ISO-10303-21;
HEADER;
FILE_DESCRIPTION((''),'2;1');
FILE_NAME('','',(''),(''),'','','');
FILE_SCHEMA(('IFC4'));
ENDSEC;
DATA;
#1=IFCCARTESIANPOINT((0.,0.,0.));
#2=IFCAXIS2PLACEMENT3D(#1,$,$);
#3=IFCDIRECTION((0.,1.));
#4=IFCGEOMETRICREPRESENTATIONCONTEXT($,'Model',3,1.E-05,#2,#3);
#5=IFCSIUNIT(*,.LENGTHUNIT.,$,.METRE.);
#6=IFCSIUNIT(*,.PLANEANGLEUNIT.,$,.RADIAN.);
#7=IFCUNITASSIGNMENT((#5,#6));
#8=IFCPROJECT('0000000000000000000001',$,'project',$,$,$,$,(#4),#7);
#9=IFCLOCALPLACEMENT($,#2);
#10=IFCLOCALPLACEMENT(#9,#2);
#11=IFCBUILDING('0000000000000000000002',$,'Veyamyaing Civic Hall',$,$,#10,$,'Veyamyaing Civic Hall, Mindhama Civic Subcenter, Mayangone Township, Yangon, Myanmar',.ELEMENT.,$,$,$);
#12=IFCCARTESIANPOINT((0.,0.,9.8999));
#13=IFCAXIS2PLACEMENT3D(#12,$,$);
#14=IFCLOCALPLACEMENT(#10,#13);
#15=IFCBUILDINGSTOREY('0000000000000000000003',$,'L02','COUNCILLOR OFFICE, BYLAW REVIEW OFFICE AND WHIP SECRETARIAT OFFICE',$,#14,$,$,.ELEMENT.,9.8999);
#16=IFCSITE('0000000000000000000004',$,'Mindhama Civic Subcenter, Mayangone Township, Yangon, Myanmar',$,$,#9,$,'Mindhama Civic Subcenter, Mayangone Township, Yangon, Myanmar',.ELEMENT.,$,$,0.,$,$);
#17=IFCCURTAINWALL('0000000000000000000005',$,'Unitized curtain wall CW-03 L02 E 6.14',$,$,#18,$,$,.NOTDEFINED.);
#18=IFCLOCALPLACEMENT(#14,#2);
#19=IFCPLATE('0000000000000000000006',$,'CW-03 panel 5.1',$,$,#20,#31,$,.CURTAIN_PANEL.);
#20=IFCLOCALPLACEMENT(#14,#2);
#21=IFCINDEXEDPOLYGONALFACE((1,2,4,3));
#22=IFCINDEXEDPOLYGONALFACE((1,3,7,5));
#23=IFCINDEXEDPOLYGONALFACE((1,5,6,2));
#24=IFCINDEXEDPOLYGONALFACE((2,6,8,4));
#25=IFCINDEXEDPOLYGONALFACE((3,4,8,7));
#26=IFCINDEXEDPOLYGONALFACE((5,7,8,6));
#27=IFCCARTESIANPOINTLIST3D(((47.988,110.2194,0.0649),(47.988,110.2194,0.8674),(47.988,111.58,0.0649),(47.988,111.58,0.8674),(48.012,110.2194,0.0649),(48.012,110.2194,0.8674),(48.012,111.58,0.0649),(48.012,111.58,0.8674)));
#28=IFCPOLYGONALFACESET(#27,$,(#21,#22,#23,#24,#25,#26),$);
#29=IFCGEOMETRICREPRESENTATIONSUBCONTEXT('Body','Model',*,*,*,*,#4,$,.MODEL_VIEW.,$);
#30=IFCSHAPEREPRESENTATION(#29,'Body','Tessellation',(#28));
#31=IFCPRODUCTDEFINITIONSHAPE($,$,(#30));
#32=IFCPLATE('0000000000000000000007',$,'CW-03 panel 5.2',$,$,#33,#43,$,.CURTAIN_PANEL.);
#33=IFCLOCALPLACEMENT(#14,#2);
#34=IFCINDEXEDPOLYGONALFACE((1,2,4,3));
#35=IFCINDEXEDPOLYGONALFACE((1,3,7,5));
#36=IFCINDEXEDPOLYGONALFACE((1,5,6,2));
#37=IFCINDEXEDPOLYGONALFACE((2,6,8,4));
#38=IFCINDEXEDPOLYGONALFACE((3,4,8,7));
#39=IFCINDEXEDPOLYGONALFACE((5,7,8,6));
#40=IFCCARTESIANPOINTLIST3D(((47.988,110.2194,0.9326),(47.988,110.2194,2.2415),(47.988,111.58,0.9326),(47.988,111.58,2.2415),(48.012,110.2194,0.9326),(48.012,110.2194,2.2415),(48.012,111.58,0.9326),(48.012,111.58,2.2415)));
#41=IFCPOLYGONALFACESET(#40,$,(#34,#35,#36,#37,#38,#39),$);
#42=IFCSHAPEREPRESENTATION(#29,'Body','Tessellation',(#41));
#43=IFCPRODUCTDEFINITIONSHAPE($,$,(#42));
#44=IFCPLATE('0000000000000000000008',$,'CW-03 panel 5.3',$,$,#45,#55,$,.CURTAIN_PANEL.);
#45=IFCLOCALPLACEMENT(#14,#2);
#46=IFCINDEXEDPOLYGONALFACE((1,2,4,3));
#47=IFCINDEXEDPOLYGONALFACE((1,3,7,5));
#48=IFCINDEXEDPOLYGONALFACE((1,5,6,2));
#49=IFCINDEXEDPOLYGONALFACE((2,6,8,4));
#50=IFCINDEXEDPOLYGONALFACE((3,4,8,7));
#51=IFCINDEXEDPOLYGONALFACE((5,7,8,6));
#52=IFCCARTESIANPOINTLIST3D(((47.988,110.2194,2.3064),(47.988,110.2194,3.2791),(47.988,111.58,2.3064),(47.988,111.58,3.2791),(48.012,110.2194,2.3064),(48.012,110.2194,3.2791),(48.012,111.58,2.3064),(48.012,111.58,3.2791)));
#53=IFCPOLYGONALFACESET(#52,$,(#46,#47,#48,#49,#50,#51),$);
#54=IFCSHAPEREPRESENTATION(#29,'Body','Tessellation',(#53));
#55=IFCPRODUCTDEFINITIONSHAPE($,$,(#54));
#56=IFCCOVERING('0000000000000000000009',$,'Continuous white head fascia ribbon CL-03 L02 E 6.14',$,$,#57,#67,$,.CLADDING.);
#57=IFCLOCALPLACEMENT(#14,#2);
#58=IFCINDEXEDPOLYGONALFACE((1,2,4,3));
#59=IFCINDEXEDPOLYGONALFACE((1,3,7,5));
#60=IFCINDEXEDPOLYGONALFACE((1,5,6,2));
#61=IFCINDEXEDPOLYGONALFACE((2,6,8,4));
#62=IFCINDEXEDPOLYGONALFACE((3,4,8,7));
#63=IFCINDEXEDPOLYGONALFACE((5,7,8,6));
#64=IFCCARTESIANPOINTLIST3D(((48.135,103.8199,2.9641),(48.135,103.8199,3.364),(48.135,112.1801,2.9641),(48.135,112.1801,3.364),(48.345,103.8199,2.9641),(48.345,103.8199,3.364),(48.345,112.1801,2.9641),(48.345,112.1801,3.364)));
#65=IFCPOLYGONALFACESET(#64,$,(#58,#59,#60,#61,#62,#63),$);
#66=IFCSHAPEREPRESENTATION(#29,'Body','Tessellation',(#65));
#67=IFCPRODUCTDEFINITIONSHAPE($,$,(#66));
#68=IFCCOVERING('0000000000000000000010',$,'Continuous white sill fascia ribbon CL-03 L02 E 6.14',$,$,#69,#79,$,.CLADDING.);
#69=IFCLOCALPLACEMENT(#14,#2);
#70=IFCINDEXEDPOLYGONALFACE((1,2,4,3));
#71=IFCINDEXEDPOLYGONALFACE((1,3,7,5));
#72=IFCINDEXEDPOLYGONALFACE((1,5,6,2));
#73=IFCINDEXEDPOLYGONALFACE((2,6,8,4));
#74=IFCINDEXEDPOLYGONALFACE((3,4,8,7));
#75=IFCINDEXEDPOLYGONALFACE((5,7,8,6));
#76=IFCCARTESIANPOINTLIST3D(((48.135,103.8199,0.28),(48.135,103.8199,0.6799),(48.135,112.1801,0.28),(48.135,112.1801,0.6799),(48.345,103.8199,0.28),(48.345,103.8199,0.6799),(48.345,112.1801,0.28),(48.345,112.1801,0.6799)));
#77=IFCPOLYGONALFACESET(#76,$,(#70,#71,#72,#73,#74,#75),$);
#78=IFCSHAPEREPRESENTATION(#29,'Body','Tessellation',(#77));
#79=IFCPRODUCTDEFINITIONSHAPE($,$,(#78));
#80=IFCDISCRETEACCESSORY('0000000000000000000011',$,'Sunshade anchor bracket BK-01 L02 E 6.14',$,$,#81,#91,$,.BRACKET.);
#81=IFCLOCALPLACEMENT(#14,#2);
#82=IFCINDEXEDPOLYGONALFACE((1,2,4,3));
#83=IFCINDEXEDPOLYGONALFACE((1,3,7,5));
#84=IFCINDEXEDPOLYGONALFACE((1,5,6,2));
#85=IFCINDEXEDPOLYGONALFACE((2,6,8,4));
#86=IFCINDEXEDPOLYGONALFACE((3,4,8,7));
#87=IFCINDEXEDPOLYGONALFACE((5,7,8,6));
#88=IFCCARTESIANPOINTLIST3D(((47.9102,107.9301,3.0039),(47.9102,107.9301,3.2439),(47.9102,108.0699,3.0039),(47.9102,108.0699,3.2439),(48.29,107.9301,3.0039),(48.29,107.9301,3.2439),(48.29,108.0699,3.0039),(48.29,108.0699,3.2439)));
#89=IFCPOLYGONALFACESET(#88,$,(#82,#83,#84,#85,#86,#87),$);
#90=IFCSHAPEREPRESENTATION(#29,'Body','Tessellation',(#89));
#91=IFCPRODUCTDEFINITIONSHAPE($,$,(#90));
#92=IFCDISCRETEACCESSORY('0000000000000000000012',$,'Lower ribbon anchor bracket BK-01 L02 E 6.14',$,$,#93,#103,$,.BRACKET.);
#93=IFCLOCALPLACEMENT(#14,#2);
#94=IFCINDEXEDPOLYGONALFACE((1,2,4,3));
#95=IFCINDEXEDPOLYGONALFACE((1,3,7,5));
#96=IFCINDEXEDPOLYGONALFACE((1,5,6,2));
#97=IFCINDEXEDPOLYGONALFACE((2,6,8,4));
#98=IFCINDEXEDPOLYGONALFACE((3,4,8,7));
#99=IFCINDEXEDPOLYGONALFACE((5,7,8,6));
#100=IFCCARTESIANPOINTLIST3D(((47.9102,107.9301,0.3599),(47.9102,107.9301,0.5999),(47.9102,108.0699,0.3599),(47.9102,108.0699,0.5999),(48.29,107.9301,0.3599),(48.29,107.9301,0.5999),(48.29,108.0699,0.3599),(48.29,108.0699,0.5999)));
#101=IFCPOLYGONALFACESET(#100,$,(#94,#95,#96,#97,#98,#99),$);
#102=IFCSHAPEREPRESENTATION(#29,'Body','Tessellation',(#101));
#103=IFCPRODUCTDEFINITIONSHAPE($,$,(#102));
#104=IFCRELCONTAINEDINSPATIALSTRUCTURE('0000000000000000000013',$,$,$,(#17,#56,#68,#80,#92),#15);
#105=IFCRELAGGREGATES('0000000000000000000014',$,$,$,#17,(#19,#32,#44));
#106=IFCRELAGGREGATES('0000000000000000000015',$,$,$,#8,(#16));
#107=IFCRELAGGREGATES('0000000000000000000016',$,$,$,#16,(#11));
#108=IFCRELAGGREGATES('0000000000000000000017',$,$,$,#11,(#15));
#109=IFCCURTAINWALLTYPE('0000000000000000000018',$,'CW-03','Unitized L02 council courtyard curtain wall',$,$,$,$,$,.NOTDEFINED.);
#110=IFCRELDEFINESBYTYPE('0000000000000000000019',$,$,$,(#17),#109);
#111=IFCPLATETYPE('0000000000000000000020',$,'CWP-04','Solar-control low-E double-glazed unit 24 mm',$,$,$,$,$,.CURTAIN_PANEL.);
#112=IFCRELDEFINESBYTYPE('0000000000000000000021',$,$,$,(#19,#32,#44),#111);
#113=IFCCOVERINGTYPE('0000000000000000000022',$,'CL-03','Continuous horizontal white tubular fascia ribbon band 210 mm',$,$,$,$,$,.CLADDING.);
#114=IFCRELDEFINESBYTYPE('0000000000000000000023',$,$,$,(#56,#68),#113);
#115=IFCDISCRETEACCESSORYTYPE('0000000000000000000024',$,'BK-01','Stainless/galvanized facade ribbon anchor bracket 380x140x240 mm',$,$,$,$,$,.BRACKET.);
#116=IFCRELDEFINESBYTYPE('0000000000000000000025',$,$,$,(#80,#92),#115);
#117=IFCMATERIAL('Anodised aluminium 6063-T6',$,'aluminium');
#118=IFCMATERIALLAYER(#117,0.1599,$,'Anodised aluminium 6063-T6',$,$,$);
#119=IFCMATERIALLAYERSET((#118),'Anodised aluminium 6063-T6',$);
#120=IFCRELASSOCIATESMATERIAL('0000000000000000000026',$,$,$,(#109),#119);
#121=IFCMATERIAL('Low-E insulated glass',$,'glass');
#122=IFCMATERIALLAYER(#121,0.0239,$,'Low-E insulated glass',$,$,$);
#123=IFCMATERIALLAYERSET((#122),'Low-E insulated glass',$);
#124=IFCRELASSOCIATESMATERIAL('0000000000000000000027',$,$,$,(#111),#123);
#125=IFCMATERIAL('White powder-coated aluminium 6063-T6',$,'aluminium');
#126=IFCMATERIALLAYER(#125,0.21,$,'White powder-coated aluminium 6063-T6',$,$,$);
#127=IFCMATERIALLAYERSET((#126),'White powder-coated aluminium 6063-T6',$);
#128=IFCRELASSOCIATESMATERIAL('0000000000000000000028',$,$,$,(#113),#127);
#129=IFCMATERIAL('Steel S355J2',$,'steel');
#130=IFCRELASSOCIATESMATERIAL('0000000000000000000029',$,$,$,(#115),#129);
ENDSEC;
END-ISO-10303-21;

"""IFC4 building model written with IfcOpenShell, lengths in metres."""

from ifc_helpers import new_model, si_unit, direction, frame, origin, origin_2d, place, context, subcontext, project, spatial, rectangle, extrude, material, layer, layer_set, type_object, element, aggregate, save


model = new_model("IFC4")

# Units and contexts
model_context = context("Model", 3, precision=1e-05, world=origin(), true_north=direction((0.0, 1.0)))
body_context = subcontext(model_context, "Body", "Model", "MODEL_VIEW")
ifc_project = project(units=[si_unit("LENGTHUNIT", "METRE"), si_unit("PLANEANGLEUNIT", "RADIAN")], contexts=[model_context])

# Site, building, storey
site_placement = place(None, origin())
site = spatial("IfcSite", under=ifc_project, at=site_placement, Name="Mindhama Civic Subcenter, Mayangone Township, Yangon, Myanmar", LongName="Mindhama Civic Subcenter, Mayangone Township, Yangon, Myanmar", CompositionType="ELEMENT", RefElevation=0.0)
building_placement = place(site_placement, origin())
building = spatial("IfcBuilding", under=site, at=building_placement, Name="Veyamyaing Civic Hall", LongName="Veyamyaing Civic Hall, Mindhama Civic Subcenter, Mayangone Township, Yangon, Myanmar", CompositionType="ELEMENT")
storey_placement = place(building_placement, frame((0.0, 0.0, 9.8999)))
storey = spatial("IfcBuildingStorey", under=building, at=storey_placement, Name="L02", Description="COUNCILLOR OFFICE, BYLAW REVIEW OFFICE AND WHIP SECRETARIAT OFFICE", CompositionType="ELEMENT", Elevation=9.8999)

# Curtain wall, plates
ifc_material_1 = material(Name="Anodised aluminium 6063-T6", Category="aluminium")
ifc_layer_1 = layer(ifc_material_1, 0.1599, Name="Anodised aluminium 6063-T6")
ifc_layer_set_1 = layer_set([ifc_layer_1], Name="Anodised aluminium 6063-T6")
curtain_wall_type = type_object("IfcCurtainWallType", Name="CW-03", Description="Unitized L02 council courtyard curtain wall", PredefinedType="NOTDEFINED", material=ifc_layer_set_1)
curtain_wall_placement = place(storey_placement, origin())
curtain_wall = element("IfcCurtainWall", 1, at=curtain_wall_placement, inside=storey, type_object=curtain_wall_type, Name="Unitized curtain wall CW-03 L02 E 6.14", PredefinedType="NOTDEFINED")
ifc_material_2 = material(Name="Low-E insulated glass", Category="glass")
ifc_layer_2 = layer(ifc_material_2, 0.0239, Name="Low-E insulated glass")
ifc_layer_set_2 = layer_set([ifc_layer_2], Name="Low-E insulated glass")
plate_type = type_object("IfcPlateType", Name="CWP-04", Description="Solar-control low-E double-glazed unit 24 mm", PredefinedType="CURTAIN_PANEL", material=ifc_layer_set_2)
plate_1_placement = place(storey_placement, frame((48.0, 110.8997, 0.0649), z_axis=(0.0, 0.0, 1.0), x_axis=(0.0, 1.0, 0.0)))
plate_1 = element("IfcPlate", 2, at=plate_1_placement, type_object=plate_type, Name="CW-03 panel 5.1", PredefinedType="CURTAIN_PANEL", context=body_context, shape_type="SweptSolid", body=[
    extrude(rectangle(XDim=1.3606, YDim=0.0239, at=origin_2d()), origin(), (0.0, 0.0, 1.0), 0.8025),
])
plate_2_placement = place(storey_placement, frame((48.0, 110.8997, 0.9326), z_axis=(0.0, 0.0, 1.0), x_axis=(0.0, 1.0, 0.0)))
plate_2 = element("IfcPlate", 3, at=plate_2_placement, type_object=plate_type, Name="CW-03 panel 5.2", PredefinedType="CURTAIN_PANEL", context=body_context, shape_type="SweptSolid", body=[
    extrude(rectangle(XDim=1.3606, YDim=0.0239, at=origin_2d()), origin(), (0.0, 0.0, 1.0), 1.3088),
])
plate_3_placement = place(storey_placement, frame((48.0, 110.8997, 2.3064), z_axis=(0.0, 0.0, 1.0), x_axis=(0.0, 1.0, 0.0)))
plate_3 = element("IfcPlate", 4, at=plate_3_placement, type_object=plate_type, Name="CW-03 panel 5.3", PredefinedType="CURTAIN_PANEL", context=body_context, shape_type="SweptSolid", body=[
    extrude(rectangle(XDim=1.3606, YDim=0.0239, at=origin_2d()), origin(), (0.0, 0.0, 1.0), 0.9727),
])
aggregate(curtain_wall, [plate_1, plate_2, plate_3])

# Coverings
ifc_material_3 = material(Name="White powder-coated aluminium 6063-T6", Category="aluminium")
ifc_layer_3 = layer(ifc_material_3, 0.21, Name="White powder-coated aluminium 6063-T6")
ifc_layer_set_3 = layer_set([ifc_layer_3], Name="White powder-coated aluminium 6063-T6")
covering_type = type_object("IfcCoveringType", Name="CL-03", Description="Continuous horizontal white tubular fascia ribbon band 210 mm", PredefinedType="CLADDING", material=ifc_layer_set_3)
for number, where, z_axis, x_axis, name in (
    (5, (48.24, 108.0, 2.9641), (0.0, 0.0, 1.0), (0.0, 1.0, 0.0), "Continuous white head fascia ribbon CL-03 L02 E 6.14"),
    (6, (48.24, 108.0, 0.28), (0.0, 0.0, 1.0), (0.0, 1.0, 0.0), "Continuous white sill fascia ribbon CL-03 L02 E 6.14"),
):
    element("IfcCovering", number, at=place(storey_placement, frame(where, z_axis=z_axis, x_axis=x_axis)), inside=storey, type_object=covering_type, Name=name, PredefinedType="CLADDING", context=body_context, shape_type="SweptSolid", body=[
        extrude(rectangle(XDim=8.3601, YDim=0.21, at=origin_2d()), origin(), (0.0, 0.0, 1.0), 0.3999),
    ])

# Discrete accessories
ifc_material_4 = material(Name="Steel S355J2", Category="steel")
discrete_accessory_type = type_object("IfcDiscreteAccessoryType", Name="BK-01", Description="Stainless/galvanized facade ribbon anchor bracket 380x140x240 mm", PredefinedType="BRACKET", material=ifc_material_4)
for number, where, z_axis, x_axis, name in (
    (7, (48.1001, 108.0, 3.0039), (0.0, 0.0, 1.0), (1.0, 0.0, 0.0), "Sunshade anchor bracket BK-01 L02 E 6.14"),
    (8, (48.1001, 108.0, 0.3599), (0.0, 0.0, 1.0), (1.0, 0.0, 0.0), "Lower ribbon anchor bracket BK-01 L02 E 6.14"),
):
    element("IfcDiscreteAccessory", number, at=place(storey_placement, frame(where, z_axis=z_axis, x_axis=x_axis)), inside=storey, type_object=discrete_accessory_type, Name=name, PredefinedType="BRACKET", context=body_context, shape_type="SweptSolid", body=[
        extrude(rectangle(XDim=0.3799, YDim=0.1399, at=origin_2d()), origin(), (0.0, 0.0, 1.0), 0.24),
    ])

save(model, "model.ifc")
